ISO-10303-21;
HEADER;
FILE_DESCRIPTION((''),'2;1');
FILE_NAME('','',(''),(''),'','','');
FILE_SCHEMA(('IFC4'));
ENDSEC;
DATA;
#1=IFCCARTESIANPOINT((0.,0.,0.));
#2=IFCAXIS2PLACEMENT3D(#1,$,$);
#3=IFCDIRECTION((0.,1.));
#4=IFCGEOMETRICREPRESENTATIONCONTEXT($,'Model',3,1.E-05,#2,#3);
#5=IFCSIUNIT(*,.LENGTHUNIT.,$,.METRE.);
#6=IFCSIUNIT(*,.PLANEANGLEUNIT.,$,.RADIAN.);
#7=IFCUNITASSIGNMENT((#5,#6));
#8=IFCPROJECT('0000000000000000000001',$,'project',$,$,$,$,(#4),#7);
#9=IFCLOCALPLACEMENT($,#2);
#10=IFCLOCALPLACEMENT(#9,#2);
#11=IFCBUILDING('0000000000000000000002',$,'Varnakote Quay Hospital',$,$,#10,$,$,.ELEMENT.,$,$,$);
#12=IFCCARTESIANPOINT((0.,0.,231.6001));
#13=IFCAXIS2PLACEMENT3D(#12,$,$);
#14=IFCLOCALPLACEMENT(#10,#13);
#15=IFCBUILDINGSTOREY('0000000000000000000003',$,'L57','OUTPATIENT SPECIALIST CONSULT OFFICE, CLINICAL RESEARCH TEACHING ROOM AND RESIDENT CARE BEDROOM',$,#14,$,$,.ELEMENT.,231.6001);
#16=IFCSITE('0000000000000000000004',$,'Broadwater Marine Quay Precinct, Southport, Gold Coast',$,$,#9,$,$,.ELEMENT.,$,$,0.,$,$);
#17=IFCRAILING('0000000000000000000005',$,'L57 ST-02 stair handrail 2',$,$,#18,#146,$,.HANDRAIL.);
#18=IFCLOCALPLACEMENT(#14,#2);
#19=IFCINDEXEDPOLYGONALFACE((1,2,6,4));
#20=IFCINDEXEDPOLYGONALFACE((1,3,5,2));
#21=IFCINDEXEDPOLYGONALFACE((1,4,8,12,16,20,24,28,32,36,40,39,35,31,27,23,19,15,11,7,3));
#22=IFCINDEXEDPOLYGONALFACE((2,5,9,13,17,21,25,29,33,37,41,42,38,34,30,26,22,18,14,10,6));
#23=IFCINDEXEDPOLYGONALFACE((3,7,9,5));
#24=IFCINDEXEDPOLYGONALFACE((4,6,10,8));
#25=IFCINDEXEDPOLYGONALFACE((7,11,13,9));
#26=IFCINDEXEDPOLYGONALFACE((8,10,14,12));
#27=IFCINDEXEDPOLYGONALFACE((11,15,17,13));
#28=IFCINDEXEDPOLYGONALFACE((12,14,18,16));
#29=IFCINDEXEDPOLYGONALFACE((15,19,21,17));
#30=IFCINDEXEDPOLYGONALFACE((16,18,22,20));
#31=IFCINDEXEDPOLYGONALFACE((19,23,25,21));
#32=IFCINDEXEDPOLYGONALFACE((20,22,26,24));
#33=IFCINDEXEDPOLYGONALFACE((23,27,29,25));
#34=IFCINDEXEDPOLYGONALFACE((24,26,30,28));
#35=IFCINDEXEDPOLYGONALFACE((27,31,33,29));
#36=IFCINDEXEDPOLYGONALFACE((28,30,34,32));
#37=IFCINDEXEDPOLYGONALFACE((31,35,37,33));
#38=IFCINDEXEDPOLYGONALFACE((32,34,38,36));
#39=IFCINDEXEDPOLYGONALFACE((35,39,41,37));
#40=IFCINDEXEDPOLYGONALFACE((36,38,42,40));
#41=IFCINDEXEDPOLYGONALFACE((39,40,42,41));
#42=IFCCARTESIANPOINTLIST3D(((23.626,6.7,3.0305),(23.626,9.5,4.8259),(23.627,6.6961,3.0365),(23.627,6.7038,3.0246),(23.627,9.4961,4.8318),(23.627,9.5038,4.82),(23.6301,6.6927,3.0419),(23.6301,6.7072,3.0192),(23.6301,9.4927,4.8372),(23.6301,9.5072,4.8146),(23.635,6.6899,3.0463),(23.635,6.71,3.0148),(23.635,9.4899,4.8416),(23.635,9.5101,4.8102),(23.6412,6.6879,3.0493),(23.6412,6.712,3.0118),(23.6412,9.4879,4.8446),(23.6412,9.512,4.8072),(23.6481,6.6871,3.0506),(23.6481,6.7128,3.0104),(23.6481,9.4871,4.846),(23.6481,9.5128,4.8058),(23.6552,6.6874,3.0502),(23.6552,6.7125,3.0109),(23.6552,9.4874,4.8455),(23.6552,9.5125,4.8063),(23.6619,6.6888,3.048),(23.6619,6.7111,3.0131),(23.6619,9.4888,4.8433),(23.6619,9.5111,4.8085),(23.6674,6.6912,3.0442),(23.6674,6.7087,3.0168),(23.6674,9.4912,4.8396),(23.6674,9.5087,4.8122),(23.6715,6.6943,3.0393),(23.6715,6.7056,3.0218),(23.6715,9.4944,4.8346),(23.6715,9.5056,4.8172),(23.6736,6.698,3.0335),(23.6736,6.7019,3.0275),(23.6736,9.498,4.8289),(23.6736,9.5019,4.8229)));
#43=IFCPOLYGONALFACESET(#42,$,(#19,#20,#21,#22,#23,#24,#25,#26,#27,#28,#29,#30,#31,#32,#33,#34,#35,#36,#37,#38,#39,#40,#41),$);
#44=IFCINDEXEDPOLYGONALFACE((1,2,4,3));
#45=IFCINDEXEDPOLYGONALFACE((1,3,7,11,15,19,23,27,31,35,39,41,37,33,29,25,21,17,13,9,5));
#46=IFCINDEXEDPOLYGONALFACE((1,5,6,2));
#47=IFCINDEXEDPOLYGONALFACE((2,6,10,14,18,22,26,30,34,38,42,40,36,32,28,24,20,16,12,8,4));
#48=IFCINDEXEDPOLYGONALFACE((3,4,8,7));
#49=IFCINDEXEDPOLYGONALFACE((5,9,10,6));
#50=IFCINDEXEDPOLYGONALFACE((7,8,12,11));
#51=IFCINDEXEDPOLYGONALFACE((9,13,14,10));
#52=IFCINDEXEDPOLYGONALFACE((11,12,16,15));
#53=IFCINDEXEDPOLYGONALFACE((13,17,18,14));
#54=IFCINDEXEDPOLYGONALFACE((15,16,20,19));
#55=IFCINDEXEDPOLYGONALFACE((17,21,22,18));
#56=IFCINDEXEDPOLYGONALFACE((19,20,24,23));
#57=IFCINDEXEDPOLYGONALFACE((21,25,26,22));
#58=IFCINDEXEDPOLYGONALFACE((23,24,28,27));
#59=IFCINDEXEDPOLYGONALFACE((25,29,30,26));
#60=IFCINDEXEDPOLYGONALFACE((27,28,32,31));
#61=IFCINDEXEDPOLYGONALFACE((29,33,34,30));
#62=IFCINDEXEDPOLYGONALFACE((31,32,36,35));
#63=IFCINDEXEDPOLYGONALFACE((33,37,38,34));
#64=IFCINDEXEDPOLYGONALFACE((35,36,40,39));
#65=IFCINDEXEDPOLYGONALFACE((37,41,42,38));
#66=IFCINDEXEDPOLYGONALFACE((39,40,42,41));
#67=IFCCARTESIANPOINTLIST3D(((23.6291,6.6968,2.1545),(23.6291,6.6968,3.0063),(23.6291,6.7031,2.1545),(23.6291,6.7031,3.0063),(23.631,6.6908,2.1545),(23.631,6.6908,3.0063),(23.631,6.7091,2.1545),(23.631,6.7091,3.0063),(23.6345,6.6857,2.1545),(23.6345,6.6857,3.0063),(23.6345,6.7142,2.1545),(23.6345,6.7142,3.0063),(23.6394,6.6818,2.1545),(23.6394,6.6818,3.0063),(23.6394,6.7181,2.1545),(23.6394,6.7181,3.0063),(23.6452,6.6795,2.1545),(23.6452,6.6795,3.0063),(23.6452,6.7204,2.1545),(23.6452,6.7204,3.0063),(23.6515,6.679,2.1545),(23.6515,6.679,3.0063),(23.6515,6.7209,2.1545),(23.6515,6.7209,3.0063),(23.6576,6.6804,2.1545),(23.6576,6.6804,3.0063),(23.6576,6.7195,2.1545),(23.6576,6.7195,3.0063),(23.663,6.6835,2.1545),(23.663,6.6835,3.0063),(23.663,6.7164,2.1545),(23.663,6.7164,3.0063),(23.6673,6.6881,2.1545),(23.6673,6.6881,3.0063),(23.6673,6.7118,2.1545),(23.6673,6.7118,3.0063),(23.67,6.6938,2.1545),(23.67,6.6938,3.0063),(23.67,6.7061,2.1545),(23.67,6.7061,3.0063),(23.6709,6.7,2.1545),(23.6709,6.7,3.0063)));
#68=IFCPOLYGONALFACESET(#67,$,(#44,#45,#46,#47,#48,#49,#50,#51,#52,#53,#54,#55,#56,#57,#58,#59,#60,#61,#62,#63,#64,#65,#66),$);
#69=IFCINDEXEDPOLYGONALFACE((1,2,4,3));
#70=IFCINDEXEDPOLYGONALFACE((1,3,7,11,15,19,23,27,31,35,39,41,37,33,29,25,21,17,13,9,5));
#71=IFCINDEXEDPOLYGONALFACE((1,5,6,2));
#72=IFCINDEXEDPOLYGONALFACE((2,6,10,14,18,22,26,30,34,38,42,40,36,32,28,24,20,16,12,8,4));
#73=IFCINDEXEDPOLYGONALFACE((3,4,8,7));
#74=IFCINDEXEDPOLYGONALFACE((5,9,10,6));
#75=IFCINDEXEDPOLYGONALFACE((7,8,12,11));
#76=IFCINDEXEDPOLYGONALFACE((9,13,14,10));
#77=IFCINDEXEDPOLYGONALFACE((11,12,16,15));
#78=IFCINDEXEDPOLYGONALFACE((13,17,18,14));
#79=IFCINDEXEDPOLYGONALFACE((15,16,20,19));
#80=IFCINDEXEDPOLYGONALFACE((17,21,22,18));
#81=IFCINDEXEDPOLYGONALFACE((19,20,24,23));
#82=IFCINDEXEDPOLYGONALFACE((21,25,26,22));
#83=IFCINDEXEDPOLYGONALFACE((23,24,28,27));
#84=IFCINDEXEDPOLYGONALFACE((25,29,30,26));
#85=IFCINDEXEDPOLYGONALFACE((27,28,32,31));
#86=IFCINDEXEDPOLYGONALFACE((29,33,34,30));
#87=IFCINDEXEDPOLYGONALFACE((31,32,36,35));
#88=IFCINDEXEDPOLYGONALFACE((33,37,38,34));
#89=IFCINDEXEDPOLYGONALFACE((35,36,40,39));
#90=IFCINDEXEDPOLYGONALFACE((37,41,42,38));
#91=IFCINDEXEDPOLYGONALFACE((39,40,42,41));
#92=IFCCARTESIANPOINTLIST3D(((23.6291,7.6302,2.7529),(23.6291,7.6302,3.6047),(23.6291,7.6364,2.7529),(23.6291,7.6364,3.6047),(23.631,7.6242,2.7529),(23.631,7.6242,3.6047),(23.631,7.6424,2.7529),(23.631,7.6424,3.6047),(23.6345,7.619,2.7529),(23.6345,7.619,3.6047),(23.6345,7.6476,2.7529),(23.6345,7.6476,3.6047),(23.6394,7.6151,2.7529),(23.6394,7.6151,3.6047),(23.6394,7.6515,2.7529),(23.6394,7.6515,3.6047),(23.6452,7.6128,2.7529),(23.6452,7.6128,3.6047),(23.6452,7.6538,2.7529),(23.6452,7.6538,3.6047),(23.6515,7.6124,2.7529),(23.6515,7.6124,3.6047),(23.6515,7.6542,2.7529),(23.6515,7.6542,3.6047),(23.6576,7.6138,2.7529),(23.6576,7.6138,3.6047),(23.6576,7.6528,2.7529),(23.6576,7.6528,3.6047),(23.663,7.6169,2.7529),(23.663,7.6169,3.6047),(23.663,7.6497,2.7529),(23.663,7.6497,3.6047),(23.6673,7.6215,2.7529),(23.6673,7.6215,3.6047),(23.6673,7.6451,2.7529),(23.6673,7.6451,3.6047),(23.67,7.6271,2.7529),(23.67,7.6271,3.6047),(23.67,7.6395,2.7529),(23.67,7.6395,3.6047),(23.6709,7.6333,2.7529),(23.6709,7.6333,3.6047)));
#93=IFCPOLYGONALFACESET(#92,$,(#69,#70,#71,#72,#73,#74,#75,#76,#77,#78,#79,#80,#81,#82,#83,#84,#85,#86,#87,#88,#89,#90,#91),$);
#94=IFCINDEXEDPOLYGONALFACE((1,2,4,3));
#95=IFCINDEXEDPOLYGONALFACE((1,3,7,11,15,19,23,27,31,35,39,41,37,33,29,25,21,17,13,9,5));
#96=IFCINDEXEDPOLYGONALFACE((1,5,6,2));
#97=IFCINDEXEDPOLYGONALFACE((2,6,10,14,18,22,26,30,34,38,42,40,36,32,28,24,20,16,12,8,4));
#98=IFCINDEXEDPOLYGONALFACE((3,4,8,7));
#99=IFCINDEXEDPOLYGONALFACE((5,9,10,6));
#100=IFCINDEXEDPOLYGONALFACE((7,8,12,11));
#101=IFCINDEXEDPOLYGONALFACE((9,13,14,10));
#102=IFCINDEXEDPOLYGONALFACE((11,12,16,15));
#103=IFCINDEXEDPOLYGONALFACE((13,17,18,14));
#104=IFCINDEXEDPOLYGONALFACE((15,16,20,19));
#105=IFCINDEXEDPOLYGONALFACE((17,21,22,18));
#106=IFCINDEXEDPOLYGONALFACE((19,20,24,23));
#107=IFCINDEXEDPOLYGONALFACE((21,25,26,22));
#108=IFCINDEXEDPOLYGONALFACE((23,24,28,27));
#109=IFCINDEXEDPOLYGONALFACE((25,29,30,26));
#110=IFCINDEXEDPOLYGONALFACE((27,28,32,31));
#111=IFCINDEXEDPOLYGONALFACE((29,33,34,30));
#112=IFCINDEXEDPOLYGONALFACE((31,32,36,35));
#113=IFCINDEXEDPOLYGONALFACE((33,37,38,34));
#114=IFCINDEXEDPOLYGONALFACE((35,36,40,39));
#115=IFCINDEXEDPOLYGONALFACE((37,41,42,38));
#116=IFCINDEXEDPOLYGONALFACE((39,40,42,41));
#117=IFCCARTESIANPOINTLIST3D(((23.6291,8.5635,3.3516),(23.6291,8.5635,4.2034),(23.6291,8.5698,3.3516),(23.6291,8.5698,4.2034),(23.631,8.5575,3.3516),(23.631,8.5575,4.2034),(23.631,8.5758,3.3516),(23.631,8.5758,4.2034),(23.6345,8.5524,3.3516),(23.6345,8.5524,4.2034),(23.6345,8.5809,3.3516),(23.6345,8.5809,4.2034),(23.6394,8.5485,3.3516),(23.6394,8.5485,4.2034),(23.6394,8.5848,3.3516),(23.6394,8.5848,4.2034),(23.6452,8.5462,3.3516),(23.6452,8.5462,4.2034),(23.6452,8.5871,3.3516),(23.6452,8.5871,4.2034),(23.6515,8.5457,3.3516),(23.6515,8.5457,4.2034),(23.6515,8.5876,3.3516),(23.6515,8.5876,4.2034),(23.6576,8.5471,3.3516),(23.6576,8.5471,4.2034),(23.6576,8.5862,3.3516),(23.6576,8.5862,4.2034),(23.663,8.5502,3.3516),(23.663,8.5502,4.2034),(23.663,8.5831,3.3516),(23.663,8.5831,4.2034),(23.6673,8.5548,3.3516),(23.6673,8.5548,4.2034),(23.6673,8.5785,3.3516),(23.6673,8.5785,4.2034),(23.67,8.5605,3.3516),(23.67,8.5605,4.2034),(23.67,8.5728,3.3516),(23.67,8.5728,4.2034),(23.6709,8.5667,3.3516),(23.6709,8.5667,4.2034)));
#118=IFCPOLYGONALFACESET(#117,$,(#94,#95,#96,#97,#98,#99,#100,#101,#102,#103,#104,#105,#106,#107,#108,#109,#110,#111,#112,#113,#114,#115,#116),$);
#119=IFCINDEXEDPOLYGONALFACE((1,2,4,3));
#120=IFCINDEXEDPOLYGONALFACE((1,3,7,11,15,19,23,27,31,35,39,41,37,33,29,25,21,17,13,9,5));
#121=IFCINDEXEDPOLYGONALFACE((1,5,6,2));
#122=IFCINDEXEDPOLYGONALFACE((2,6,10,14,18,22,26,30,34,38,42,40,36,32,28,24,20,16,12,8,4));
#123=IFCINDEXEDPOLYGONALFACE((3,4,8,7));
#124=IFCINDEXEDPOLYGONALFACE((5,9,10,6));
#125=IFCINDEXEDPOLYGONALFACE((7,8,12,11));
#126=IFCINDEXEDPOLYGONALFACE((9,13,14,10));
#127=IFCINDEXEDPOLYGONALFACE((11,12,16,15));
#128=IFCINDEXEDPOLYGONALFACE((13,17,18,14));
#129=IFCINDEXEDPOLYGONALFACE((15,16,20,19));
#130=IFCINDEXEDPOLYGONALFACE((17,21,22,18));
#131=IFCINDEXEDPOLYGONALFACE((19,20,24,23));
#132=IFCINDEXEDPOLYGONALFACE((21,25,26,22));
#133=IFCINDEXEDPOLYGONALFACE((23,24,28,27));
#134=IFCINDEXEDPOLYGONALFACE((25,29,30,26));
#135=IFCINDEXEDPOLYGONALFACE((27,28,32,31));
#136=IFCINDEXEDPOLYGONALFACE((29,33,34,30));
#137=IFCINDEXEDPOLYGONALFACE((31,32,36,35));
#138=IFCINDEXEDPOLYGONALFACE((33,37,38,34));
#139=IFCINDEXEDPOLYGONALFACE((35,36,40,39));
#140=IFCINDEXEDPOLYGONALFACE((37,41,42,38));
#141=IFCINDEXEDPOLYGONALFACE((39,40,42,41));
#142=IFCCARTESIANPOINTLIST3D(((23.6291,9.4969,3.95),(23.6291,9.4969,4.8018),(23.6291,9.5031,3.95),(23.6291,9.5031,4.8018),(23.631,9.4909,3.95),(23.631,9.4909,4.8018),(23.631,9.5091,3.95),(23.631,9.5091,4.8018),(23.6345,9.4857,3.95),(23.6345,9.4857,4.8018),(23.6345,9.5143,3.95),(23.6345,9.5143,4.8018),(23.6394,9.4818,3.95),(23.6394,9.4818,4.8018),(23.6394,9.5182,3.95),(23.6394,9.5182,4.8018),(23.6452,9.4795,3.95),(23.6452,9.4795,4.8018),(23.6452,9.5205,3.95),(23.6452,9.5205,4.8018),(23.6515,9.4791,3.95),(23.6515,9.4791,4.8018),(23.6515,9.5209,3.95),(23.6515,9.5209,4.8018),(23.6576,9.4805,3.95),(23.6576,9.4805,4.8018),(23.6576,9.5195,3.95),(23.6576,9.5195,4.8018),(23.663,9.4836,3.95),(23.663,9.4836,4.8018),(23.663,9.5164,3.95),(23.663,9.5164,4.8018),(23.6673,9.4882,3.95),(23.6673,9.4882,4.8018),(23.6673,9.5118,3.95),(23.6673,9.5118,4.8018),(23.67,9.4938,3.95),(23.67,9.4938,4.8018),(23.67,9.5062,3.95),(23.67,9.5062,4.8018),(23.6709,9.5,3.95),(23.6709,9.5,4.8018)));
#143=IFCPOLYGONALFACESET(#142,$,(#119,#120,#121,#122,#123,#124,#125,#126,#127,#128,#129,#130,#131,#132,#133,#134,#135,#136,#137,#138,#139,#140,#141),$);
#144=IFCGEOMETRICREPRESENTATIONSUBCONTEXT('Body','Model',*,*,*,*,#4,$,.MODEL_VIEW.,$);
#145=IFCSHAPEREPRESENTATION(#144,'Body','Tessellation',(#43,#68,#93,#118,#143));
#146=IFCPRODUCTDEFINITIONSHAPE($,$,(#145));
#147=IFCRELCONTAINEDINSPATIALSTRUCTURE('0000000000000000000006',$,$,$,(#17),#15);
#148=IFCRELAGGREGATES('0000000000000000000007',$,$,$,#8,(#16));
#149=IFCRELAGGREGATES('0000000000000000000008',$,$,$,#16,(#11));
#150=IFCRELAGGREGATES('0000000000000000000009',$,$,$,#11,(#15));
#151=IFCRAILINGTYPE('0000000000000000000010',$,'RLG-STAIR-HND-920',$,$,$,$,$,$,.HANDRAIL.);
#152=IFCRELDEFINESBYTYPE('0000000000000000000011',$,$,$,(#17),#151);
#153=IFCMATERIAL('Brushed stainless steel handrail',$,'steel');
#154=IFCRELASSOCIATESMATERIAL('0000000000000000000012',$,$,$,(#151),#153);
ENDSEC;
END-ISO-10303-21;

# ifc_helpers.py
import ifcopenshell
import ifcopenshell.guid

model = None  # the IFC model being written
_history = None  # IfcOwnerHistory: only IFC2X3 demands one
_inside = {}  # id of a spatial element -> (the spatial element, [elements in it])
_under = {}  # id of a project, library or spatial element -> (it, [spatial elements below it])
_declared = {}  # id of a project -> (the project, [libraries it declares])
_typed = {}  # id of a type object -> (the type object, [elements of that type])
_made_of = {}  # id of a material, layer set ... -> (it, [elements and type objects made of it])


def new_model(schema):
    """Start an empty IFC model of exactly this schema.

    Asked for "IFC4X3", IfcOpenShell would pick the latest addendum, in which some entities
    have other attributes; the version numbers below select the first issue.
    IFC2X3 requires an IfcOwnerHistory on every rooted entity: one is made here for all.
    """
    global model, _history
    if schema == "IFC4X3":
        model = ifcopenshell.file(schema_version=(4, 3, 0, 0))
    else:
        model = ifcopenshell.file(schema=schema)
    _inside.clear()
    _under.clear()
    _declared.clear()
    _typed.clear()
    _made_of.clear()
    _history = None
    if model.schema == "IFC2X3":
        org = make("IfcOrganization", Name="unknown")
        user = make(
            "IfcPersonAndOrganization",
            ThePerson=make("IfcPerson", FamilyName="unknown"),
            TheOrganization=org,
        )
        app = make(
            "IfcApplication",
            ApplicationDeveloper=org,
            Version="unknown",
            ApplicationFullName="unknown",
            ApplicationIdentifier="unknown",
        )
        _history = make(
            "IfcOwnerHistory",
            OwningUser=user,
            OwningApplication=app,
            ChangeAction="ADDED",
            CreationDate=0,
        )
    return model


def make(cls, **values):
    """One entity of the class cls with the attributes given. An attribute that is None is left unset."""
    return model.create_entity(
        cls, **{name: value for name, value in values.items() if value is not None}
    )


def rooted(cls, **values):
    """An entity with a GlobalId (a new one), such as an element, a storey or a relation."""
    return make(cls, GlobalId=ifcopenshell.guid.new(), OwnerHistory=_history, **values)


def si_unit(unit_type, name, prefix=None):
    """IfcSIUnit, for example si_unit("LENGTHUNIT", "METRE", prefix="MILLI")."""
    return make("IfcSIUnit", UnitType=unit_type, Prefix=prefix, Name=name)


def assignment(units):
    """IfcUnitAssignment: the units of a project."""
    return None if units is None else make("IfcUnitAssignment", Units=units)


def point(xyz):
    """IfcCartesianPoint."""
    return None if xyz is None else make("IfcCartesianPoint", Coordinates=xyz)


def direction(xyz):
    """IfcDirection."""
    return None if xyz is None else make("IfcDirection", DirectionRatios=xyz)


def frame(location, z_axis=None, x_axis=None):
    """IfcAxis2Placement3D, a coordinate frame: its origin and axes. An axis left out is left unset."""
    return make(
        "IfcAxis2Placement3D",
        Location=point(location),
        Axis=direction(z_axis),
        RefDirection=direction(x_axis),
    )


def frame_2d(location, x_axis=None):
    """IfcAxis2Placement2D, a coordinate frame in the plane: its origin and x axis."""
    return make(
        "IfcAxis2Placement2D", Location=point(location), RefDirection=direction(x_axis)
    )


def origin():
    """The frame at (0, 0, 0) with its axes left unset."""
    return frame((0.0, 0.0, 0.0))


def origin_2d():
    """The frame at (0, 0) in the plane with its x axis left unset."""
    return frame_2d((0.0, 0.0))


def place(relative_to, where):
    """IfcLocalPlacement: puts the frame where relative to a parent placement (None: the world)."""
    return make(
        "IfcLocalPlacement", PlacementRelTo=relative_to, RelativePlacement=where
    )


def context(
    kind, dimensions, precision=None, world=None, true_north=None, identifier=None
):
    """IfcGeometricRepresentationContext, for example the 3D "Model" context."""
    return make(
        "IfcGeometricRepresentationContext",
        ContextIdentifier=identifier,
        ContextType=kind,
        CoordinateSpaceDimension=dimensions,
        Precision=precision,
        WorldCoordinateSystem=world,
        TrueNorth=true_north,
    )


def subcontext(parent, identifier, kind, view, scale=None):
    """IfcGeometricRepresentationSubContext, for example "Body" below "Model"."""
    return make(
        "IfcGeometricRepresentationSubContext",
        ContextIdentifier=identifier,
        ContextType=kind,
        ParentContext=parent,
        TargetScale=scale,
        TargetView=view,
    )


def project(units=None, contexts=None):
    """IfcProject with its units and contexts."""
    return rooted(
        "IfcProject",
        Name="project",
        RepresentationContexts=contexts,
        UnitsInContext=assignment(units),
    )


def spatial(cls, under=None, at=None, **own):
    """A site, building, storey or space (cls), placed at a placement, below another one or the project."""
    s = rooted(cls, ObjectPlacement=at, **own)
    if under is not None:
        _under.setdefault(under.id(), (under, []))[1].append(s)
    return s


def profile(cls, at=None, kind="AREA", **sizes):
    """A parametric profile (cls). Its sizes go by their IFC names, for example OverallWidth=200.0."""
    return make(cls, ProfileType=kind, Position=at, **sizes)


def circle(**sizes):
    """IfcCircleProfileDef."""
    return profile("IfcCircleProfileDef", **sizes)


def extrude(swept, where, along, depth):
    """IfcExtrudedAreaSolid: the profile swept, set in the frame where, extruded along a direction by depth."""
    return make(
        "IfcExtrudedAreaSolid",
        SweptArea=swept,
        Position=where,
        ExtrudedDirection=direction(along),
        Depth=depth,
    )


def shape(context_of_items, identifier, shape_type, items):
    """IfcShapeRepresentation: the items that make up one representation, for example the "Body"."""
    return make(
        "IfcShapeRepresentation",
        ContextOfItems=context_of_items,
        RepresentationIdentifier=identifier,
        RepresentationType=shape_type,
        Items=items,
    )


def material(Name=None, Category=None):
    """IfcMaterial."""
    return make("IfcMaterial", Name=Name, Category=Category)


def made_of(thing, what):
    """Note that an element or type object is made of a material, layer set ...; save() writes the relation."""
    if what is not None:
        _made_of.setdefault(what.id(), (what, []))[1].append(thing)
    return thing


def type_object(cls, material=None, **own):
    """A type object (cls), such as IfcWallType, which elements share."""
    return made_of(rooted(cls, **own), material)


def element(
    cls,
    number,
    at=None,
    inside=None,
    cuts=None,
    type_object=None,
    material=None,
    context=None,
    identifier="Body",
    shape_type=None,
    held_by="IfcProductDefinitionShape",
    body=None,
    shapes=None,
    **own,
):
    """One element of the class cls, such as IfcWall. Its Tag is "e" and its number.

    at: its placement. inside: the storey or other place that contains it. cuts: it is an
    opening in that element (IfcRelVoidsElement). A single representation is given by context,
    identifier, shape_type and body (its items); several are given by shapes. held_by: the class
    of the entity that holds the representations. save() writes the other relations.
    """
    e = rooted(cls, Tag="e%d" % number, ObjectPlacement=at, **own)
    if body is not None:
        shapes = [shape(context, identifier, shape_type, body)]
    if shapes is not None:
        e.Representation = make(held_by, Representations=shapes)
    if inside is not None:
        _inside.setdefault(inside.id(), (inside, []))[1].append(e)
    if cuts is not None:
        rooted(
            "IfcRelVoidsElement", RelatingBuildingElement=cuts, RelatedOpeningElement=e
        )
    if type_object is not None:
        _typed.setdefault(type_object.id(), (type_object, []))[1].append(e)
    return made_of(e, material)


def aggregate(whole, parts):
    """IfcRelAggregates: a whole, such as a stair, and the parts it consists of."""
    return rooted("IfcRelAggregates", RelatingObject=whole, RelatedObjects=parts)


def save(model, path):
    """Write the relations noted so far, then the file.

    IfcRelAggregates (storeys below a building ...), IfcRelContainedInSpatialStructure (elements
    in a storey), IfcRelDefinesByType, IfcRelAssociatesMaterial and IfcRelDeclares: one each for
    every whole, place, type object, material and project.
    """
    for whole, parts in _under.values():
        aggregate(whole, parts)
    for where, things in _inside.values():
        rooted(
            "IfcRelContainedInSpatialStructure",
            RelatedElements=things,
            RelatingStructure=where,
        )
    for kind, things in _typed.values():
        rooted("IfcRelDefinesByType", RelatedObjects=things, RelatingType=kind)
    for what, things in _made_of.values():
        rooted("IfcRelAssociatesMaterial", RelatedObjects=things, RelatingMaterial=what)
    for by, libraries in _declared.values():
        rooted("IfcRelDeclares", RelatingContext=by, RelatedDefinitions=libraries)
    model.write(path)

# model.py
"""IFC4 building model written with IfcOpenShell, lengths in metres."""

from ifc_helpers import new_model, si_unit, direction, frame, origin, origin_2d, place, context, subcontext, project, spatial, circle, extrude, material, type_object, element, save


model = new_model("IFC4")

# Units and contexts
model_context = context("Model", 3, precision=1e-05, world=origin(), true_north=direction((0.0, 1.0)))
body_context = subcontext(model_context, "Body", "Model", "MODEL_VIEW")
ifc_project = project(units=[si_unit("LENGTHUNIT", "METRE"), si_unit("PLANEANGLEUNIT", "RADIAN")], contexts=[model_context])

# Site, building, storey
site_placement = place(None, origin())
site = spatial("IfcSite", under=ifc_project, at=site_placement, Name="Broadwater Marine Quay Precinct, Southport, Gold Coast", CompositionType="ELEMENT", RefElevation=0.0)
building_placement = place(site_placement, origin())
building = spatial("IfcBuilding", under=site, at=building_placement, Name="Varnakote Quay Hospital", CompositionType="ELEMENT")
storey_placement = place(building_placement, frame((0.0, 0.0, 231.6001)))
storey = spatial("IfcBuildingStorey", under=building, at=storey_placement, Name="L57", Description="OUTPATIENT SPECIALIST CONSULT OFFICE, CLINICAL RESEARCH TEACHING ROOM AND RESIDENT CARE BEDROOM", CompositionType="ELEMENT", Elevation=231.6001)

# Railing
ifc_material_1 = material(Name="Brushed stainless steel handrail", Category="steel")
railing_type_1 = type_object("IfcRailingType", Name="RLG-STAIR-HND-920", PredefinedType="HANDRAIL", material=ifc_material_1)
railing_1_placement = place(storey_placement, frame((23.6499, 6.7, 2.1545)))
element("IfcRailing", 1, at=railing_1_placement, inside=storey, type_object=railing_type_1, Name="L57 ST-02 stair handrail 2", PredefinedType="HANDRAIL", context=body_context, shape_type="SweptSolid", body=[
    extrude(circle(Radius=0.0239, at=origin_2d()), frame((0.0, 0.0, 0.876), z_axis=(0.0, 0.84181, 0.539774), x_axis=(-1.0, 0.0, 0.0)), (0.0, 0.0, 1.0), 3.3262),
    extrude(circle(Radius=0.021, at=origin_2d()), origin(), (0.0, 0.0, 1.0), 0.8518),
    extrude(circle(Radius=0.021, at=origin_2d()), frame((0.0, 0.9333, 0.5984)), (0.0, 0.0, 1.0), 0.8518),
    extrude(circle(Radius=0.021, at=origin_2d()), frame((0.0, 1.8667, 1.197)), (0.0, 0.0, 1.0), 0.8518),
    extrude(circle(Radius=0.021, at=origin_2d()), frame((0.0, 2.8, 1.7954)), (0.0, 0.0, 1.0), 0.8518),
])

save(model, "model.ifc")
